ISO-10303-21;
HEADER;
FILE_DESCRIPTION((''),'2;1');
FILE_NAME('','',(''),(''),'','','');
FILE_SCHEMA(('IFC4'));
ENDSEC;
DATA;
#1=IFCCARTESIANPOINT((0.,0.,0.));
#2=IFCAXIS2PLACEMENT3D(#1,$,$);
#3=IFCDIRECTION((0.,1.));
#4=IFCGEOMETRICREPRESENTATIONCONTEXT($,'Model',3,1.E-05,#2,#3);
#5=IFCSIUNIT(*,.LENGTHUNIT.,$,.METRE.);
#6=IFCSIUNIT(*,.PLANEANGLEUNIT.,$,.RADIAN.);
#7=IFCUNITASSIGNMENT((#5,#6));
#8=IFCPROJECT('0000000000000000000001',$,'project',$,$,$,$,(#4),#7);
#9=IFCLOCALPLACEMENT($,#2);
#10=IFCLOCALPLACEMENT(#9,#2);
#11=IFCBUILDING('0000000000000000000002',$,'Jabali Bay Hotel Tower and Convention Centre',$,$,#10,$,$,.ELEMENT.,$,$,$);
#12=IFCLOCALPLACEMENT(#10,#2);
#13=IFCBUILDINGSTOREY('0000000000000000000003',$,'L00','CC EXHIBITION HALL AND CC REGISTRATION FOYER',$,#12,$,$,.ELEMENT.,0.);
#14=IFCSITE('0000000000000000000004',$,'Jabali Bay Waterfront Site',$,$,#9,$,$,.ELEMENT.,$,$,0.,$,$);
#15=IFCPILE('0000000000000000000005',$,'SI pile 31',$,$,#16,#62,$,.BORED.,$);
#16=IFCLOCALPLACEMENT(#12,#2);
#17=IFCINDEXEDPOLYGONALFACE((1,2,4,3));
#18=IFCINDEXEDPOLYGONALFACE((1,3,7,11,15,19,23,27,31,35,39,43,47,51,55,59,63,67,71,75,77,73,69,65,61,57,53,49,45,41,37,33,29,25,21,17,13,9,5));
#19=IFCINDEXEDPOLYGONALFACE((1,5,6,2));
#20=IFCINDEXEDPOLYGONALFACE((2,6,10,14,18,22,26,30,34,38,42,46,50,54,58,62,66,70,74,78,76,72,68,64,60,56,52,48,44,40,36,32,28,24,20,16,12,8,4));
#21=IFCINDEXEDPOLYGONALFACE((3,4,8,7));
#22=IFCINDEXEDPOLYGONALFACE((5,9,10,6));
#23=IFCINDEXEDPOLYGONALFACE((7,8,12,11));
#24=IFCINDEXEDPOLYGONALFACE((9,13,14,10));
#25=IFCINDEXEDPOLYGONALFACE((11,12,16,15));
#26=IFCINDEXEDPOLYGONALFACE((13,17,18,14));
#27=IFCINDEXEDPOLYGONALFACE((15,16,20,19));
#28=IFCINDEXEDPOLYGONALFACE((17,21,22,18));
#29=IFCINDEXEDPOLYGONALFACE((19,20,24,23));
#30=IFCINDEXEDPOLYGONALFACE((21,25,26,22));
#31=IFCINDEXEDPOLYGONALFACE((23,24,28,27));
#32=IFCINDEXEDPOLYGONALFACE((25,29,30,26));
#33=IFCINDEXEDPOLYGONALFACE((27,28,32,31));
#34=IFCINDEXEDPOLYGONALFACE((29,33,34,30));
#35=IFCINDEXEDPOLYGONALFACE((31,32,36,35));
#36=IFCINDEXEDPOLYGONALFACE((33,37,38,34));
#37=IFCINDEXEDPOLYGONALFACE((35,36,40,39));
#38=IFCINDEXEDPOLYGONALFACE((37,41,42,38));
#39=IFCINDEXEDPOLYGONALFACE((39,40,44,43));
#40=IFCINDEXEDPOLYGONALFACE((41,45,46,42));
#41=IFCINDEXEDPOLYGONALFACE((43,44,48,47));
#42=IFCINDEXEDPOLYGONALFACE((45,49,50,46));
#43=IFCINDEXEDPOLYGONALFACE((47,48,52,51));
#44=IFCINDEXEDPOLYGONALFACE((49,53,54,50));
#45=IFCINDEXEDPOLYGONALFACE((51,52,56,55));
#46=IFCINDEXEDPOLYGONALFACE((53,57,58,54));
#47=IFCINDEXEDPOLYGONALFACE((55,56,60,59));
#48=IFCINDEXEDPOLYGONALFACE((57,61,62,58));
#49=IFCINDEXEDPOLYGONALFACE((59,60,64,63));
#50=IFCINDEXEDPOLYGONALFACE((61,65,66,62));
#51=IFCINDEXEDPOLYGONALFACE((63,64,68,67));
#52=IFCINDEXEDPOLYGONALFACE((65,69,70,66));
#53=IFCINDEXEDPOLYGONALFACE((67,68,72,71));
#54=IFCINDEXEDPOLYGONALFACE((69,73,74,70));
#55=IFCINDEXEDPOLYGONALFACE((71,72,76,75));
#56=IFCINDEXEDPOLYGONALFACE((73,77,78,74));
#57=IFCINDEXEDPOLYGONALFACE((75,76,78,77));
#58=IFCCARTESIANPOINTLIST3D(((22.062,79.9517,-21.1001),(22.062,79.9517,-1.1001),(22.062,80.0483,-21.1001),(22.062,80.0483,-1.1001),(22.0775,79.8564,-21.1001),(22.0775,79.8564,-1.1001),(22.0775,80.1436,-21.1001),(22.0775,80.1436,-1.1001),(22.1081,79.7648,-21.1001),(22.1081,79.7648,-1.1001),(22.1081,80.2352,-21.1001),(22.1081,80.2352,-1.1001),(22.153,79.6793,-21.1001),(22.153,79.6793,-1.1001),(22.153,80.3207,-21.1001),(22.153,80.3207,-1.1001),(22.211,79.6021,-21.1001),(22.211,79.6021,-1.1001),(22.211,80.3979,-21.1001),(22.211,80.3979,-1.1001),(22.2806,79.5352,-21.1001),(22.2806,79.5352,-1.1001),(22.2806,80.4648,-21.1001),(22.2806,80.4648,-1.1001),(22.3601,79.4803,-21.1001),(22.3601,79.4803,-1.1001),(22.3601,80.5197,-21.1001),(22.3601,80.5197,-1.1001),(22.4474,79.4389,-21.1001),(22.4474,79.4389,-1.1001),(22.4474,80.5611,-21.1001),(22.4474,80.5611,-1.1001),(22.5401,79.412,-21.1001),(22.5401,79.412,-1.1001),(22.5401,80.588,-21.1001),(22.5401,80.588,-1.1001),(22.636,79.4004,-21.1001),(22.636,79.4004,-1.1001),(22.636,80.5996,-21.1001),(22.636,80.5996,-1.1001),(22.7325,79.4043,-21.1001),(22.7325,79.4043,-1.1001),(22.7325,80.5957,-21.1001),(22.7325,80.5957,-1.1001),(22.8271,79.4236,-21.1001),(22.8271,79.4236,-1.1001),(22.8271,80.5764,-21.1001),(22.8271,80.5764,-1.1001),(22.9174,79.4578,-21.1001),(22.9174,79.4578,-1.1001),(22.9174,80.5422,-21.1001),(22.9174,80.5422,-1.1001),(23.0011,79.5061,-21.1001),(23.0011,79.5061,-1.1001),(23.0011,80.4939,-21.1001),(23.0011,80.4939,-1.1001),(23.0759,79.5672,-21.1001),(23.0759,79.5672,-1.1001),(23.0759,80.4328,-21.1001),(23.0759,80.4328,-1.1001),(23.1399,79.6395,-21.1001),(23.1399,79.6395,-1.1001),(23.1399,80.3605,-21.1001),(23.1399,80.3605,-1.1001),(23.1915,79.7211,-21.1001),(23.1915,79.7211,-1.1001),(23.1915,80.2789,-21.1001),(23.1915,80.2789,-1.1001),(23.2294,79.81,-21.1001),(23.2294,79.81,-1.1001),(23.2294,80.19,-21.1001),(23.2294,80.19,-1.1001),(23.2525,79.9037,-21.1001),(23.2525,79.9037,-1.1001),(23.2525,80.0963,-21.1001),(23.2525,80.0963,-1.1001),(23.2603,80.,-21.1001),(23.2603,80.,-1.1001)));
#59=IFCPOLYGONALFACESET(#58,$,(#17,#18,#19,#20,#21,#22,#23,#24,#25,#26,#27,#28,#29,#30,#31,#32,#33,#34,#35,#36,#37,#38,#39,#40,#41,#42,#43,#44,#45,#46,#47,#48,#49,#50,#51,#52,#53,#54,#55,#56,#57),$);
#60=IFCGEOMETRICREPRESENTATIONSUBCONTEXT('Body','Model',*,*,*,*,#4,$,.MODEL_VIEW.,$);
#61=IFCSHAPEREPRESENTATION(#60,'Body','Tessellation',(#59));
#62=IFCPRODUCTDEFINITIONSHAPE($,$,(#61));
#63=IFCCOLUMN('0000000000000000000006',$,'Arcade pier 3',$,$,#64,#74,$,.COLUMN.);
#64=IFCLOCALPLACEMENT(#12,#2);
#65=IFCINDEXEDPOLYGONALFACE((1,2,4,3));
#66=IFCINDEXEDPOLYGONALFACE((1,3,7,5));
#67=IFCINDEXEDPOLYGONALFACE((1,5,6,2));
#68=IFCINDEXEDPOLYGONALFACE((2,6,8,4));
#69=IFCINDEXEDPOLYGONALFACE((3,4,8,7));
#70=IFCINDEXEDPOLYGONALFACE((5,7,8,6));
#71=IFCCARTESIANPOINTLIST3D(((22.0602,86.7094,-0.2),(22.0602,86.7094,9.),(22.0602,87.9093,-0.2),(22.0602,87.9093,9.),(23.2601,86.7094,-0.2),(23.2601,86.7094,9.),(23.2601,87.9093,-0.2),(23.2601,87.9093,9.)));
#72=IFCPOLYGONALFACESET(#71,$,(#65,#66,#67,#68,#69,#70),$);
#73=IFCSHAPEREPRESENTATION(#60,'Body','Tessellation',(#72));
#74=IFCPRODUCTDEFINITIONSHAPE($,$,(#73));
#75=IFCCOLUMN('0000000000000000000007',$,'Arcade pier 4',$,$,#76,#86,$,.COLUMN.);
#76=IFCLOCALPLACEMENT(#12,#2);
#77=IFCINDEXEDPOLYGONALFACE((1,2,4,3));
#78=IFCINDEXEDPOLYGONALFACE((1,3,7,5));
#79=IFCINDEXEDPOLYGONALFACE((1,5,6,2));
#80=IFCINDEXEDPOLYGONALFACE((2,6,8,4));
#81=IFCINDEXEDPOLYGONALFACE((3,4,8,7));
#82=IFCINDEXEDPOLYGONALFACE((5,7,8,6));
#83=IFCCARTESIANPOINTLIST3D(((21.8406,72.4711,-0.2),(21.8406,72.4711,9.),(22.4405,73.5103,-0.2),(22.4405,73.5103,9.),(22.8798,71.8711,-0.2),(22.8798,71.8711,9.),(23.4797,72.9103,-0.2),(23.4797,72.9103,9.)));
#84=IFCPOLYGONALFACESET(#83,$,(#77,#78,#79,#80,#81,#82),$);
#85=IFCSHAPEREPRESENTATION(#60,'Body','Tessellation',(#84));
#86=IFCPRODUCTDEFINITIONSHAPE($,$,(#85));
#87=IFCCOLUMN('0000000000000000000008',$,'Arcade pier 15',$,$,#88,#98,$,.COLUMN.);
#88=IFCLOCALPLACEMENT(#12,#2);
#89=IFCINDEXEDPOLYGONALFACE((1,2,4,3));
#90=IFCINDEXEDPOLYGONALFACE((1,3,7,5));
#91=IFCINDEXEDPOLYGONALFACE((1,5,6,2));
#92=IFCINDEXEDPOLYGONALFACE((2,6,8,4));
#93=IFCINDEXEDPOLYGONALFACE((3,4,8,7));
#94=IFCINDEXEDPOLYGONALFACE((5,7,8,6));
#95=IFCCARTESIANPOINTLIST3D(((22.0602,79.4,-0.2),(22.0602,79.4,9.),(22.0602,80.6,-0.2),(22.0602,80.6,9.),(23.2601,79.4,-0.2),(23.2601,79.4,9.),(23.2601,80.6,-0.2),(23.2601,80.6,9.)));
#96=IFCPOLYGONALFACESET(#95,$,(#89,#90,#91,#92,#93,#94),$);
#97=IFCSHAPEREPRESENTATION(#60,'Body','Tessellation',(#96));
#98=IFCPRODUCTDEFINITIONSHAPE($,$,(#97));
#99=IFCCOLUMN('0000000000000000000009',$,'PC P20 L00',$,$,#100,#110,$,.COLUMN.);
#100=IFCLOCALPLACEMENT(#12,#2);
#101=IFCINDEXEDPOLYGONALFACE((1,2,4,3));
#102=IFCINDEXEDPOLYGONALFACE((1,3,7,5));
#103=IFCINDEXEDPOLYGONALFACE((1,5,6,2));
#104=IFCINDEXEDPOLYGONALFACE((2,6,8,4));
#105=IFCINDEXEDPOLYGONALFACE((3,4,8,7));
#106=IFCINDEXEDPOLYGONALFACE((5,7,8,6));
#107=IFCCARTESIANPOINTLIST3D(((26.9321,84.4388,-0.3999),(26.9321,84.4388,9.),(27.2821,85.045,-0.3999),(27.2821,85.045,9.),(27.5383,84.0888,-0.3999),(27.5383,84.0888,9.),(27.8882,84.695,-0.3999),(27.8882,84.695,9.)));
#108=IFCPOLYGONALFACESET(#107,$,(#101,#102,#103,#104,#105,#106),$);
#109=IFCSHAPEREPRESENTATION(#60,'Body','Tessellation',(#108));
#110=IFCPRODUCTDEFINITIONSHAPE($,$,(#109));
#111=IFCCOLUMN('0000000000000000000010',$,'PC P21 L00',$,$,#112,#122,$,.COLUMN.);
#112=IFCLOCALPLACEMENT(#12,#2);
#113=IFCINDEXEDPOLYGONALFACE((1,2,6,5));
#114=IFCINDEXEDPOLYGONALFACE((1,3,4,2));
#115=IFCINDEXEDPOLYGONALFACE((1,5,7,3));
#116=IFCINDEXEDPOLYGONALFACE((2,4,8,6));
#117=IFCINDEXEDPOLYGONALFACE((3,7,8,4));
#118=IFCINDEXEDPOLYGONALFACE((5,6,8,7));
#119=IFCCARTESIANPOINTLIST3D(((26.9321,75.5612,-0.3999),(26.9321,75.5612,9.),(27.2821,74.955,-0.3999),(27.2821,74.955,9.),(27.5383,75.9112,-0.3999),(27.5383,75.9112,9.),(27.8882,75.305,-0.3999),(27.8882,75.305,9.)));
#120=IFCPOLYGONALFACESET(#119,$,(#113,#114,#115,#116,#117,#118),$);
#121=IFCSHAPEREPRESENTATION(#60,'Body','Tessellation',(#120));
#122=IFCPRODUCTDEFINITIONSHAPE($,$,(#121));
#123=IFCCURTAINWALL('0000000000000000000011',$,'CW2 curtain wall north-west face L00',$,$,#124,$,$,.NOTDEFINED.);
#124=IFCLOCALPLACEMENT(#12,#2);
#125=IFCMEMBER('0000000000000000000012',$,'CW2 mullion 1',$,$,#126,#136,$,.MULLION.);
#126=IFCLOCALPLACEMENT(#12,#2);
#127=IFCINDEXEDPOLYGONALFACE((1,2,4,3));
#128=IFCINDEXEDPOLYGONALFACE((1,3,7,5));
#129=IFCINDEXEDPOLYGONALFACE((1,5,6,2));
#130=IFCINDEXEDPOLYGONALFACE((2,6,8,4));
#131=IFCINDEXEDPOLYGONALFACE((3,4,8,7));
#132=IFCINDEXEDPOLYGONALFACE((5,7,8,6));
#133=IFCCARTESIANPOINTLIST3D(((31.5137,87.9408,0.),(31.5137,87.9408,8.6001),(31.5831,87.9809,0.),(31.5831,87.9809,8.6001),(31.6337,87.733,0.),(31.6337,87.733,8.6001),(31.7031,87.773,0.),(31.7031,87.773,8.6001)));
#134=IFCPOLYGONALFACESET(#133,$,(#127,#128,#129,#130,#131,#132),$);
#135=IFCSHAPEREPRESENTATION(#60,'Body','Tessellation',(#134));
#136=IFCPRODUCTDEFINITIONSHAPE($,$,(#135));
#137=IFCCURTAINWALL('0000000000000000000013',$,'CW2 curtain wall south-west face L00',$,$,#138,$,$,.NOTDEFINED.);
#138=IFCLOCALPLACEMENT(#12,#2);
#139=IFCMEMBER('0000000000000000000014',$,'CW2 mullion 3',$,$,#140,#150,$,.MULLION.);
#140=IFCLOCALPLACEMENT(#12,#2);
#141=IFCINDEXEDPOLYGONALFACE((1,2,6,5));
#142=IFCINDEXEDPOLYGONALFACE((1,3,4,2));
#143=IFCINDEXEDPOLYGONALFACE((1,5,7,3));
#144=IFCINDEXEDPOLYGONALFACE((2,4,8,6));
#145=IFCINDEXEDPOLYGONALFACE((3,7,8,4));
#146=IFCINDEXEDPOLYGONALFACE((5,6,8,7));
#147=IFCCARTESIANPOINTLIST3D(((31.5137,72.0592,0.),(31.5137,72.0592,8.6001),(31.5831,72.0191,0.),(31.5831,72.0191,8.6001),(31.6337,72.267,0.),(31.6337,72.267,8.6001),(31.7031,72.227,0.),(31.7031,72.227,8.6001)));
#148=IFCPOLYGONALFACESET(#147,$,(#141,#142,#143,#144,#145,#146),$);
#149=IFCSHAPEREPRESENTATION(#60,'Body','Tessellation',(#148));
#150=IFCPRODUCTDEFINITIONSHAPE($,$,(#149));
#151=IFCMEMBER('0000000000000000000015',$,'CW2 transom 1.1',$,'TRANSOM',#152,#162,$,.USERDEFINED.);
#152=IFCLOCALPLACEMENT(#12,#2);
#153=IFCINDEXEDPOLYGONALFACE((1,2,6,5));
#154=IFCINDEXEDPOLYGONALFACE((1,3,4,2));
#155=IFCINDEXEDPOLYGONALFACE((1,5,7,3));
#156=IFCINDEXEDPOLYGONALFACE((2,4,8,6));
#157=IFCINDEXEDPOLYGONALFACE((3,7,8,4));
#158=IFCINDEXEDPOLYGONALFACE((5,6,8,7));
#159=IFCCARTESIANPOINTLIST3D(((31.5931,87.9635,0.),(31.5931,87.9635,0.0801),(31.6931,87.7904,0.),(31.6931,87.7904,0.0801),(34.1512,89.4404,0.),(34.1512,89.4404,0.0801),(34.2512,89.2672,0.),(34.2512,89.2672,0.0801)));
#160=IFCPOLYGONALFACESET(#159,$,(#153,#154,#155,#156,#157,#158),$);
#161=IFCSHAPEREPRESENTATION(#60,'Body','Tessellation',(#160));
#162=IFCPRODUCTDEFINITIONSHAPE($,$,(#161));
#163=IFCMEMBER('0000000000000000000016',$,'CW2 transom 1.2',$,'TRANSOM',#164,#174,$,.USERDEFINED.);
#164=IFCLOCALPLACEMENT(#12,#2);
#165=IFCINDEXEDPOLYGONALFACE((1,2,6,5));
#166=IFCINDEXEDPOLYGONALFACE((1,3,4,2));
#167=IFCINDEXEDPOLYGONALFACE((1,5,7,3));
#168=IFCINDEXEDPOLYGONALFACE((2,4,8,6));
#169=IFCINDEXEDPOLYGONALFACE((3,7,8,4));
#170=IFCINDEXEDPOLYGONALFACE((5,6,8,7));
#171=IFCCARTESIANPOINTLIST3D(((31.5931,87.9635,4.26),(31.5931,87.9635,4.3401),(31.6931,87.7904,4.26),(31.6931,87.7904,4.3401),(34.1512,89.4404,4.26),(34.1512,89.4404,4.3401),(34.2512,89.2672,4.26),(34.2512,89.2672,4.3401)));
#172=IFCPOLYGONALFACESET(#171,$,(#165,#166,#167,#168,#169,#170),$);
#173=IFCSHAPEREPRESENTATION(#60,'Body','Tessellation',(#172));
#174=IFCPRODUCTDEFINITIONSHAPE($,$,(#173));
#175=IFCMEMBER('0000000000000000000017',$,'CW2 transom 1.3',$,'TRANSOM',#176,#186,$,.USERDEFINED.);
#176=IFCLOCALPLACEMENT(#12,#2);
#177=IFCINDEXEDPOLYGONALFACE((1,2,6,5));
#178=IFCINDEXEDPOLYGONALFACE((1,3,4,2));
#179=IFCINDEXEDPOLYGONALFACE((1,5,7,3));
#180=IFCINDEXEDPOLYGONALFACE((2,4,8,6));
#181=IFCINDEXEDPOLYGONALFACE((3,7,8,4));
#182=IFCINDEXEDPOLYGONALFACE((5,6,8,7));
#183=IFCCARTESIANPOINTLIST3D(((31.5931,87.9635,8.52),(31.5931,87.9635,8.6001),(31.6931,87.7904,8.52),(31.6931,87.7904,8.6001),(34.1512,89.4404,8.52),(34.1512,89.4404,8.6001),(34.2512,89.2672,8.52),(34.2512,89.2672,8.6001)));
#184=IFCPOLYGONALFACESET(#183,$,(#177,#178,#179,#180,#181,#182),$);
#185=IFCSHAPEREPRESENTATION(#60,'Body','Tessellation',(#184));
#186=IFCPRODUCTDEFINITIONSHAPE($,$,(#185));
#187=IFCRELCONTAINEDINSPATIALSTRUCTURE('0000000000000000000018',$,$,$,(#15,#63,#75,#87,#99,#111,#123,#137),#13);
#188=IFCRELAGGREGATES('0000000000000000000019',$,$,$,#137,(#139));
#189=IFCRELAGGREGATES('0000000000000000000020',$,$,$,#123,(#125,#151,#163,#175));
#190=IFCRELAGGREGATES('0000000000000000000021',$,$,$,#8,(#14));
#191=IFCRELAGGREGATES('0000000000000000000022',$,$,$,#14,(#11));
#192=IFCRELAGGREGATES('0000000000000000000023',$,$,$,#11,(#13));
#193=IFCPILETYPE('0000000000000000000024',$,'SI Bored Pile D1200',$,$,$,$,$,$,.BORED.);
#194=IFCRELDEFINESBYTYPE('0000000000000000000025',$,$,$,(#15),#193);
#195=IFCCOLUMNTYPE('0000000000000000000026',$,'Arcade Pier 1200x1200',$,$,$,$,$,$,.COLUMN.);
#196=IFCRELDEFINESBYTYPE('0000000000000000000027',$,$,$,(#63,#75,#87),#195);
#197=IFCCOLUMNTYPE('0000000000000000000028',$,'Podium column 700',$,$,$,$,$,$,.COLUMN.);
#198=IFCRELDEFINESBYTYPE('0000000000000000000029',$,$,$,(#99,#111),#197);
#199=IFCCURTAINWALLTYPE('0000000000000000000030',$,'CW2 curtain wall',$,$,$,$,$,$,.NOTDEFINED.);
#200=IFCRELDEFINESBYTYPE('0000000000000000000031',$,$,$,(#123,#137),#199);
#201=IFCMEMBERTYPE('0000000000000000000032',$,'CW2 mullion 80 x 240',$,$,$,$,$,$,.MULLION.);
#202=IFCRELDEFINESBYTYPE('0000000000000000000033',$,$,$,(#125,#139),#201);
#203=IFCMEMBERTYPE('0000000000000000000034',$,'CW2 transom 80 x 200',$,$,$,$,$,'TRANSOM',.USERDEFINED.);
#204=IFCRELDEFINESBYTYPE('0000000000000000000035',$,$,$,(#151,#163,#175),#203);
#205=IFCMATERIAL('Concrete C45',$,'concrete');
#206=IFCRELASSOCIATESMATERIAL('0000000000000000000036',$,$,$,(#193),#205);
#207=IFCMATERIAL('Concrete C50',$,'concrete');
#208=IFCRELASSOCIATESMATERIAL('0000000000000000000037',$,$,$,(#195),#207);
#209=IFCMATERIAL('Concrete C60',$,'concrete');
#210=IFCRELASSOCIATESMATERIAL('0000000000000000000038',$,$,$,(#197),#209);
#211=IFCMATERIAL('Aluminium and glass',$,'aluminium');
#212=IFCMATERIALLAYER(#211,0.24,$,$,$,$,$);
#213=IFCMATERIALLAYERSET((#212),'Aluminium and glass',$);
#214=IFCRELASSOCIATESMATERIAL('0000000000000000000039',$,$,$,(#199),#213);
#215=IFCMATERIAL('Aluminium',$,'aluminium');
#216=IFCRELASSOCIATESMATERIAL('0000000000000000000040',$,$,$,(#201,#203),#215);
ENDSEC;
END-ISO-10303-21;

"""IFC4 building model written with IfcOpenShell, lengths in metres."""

from ifc_helpers import new_model, si_unit, direction, frame, origin, origin_2d, place, context, subcontext, project, spatial, rectangle, circle, extrude, material, layer, layer_set, material_profile, profile_set, type_object, element, aggregate, save


model = new_model("IFC4")

# Units and contexts
model_context = context("Model", 3, precision=1e-05, world=origin(), true_north=direction((0.0, 1.0)))
body_context = subcontext(model_context, "Body", "Model", "MODEL_VIEW")
ifc_project = project(units=[si_unit("LENGTHUNIT", "METRE"), si_unit("PLANEANGLEUNIT", "RADIAN")], contexts=[model_context])

# Site, building, storey
site_placement = place(None, origin())
site = spatial("IfcSite", under=ifc_project, at=site_placement, Name="Jabali Bay Waterfront Site", CompositionType="ELEMENT", RefElevation=0.0)
building_placement = place(site_placement, origin())
building = spatial("IfcBuilding", under=site, at=building_placement, Name="Jabali Bay Hotel Tower and Convention Centre", CompositionType="ELEMENT")
storey_placement = place(building_placement, origin())
storey = spatial("IfcBuildingStorey", under=building, at=storey_placement, Name="L00", Description="CC EXHIBITION HALL AND CC REGISTRATION FOYER", CompositionType="ELEMENT", Elevation=0.0)

# Pile
ifc_material_1 = material(Name="Concrete C45", Category="concrete")
ifc_material_profile_1 = material_profile(ifc_material_1, circle(Radius=0.6001, at=origin_2d()), Name="D1200")
ifc_profile_set_1 = profile_set([ifc_material_profile_1], Name="Concrete C45")
pile_type_1 = type_object("IfcPileType", Name="SI Bored Pile D1200", PredefinedType="BORED", material=ifc_profile_set_1)
for number, where, z_axis, x_axis, name in (
    (1, (22.6602, 80.0, -1.1001), (0.0, 0.0, -1.0), (1.0, 0.0, 0.0), "SI pile 31"),
):
    element("IfcPile", number, at=place(storey_placement, frame(where, z_axis=z_axis, x_axis=x_axis)), inside=storey, type_object=pile_type_1, Name=name, PredefinedType="BORED", context=body_context, shape_type="SweptSolid", body=[
        extrude(circle(Radius=0.6001, at=origin_2d()), origin(), (0.0, 0.0, 1.0), 20.0),
    ])

# Columns
ifc_material_2 = material(Name="Concrete C50", Category="concrete")
ifc_material_profile_2 = material_profile(ifc_material_2, rectangle(XDim=1.2, YDim=1.2, at=origin_2d()), Name="RC 1200x1200")
ifc_profile_set_2 = profile_set([ifc_material_profile_2], Name="Concrete C50")
column_type_1 = type_object("IfcColumnType", Name="Arcade Pier 1200x1200", PredefinedType="COLUMN", material=ifc_profile_set_2)
for number, where, z_axis, x_axis, name in (
    (2, (22.6602, 87.3093, -0.2), (0.0, 0.0, 1.0), (0.0, -1.0, 0.0), "Arcade pier 3"),
    (3, (22.6602, 72.6907, -0.2), (0.0, 0.0, 1.0), (0.866025, -0.5, 0.0), "Arcade pier 4"),
    (4, (22.6602, 80.0, -0.2), (0.0, 0.0, 1.0), (0.0, -1.0, 0.0), "Arcade pier 15"),
):
    element("IfcColumn", number, at=place(storey_placement, frame(where, z_axis=z_axis, x_axis=x_axis)), inside=storey, type_object=column_type_1, Name=name, PredefinedType="COLUMN", context=body_context, shape_type="SweptSolid", body=[
        extrude(rectangle(XDim=1.2, YDim=1.2, at=origin_2d()), origin(), (0.0, 0.0, 1.0), 9.2),
    ])
ifc_material_3 = material(Name="Concrete C60", Category="concrete")
ifc_material_profile_3 = material_profile(ifc_material_3, rectangle(XDim=0.7, YDim=0.7, at=origin_2d()), Name="Podium column 700")
ifc_profile_set_3 = profile_set([ifc_material_profile_3], Name="Concrete C60")
column_type_2 = type_object("IfcColumnType", Name="Podium column 700", PredefinedType="COLUMN", material=ifc_profile_set_3)
for number, where, z_axis, x_axis, name in (
    (5, (27.4102, 84.5669, -0.3999), (0.0, 0.0, 1.0), (0.5, 0.866025, 0.0), "PC P20 L00"),
    (6, (27.4102, 75.4331, -0.3999), (0.0, 0.0, 1.0), (0.866025, 0.5, 0.0), "PC P21 L00"),
):
    element("IfcColumn", number, at=place(storey_placement, frame(where, z_axis=z_axis, x_axis=x_axis)), inside=storey, type_object=column_type_2, Name=name, PredefinedType="COLUMN", context=body_context, shape_type="SweptSolid", body=[
        extrude(rectangle(XDim=0.7, YDim=0.7, at=origin_2d()), origin(), (0.0, 0.0, 1.0), 9.3999),
    ])

# Curtain walls, members
ifc_material_4 = material(Name="Aluminium and glass", Category="aluminium")
ifc_layer_1 = layer(ifc_material_4, 0.24)
ifc_layer_set_1 = layer_set([ifc_layer_1], Name="Aluminium and glass")
curtain_wall_type = type_object("IfcCurtainWallType", Name="CW2 curtain wall", PredefinedType="NOTDEFINED", material=ifc_layer_set_1)
curtain_wall_1_placement = place(storey_placement, origin())
curtain_wall_1 = element("IfcCurtainWall", 7, at=curtain_wall_1_placement, inside=storey, type_object=curtain_wall_type, Name="CW2 curtain wall north-west face L00", PredefinedType="NOTDEFINED")
ifc_material_5 = material(Name="Aluminium", Category="aluminium")
ifc_material_profile_4 = material_profile(ifc_material_5, rectangle(XDim=0.24, YDim=0.0801, at=origin_2d()), Name="CW2 mullion 80 x 240")
ifc_profile_set_4 = profile_set([ifc_material_profile_4], Name="Aluminium")
member_type_1 = type_object("IfcMemberType", Name="CW2 mullion 80 x 240", PredefinedType="MULLION", material=ifc_profile_set_4)
member_1_placement = place(storey_placement, frame((31.6084, 87.8569, 0.0), z_axis=(0.0, 0.0, 1.0), x_axis=(-0.5, 0.866025, 0.0)))
member_1 = element("IfcMember", 8, at=member_1_placement, type_object=member_type_1, Name="CW2 mullion 1", PredefinedType="MULLION", context=body_context, shape_type="SweptSolid", body=[
    extrude(rectangle(XDim=0.24, YDim=0.0801, at=origin_2d()), origin(), (0.0, 0.0, 1.0), 8.6001),
])
curtain_wall_2_placement = place(storey_placement, origin())
curtain_wall_2 = element("IfcCurtainWall", 9, at=curtain_wall_2_placement, inside=storey, type_object=curtain_wall_type, Name="CW2 curtain wall south-west face L00", PredefinedType="NOTDEFINED")
member_2_placement = place(storey_placement, frame((31.6084, 72.1431, 0.0), z_axis=(0.0, 0.0, 1.0), x_axis=(-0.5, -0.866025, 0.0)))
member_2 = element("IfcMember", 10, at=member_2_placement, type_object=member_type_1, Name="CW2 mullion 3", PredefinedType="MULLION", context=body_context, shape_type="SweptSolid", body=[
    extrude(rectangle(XDim=0.24, YDim=0.0801, at=origin_2d()), origin(), (0.0, 0.0, 1.0), 8.6001),
])
aggregate(curtain_wall_2, [member_2])

# Members
ifc_material_profile_5 = material_profile(ifc_material_5, rectangle(XDim=0.2, YDim=0.0801, at=origin_2d()), Name="CW2 transom 80 x 200")
ifc_profile_set_5 = profile_set([ifc_material_profile_5], Name="Aluminium")
member_type_2 = type_object("IfcMemberType", Name="CW2 transom 80 x 200", ElementType="TRANSOM", PredefinedType="USERDEFINED", material=ifc_profile_set_5)
member_3_placement = place(storey_placement, frame((31.6431, 87.877, 0.04), z_axis=(0.866042, 0.49997, 0.0), x_axis=(-0.49997, 0.866042, 0.0)))
member_3 = element("IfcMember", 11, at=member_3_placement, type_object=member_type_2, Name="CW2 transom 1.1", ObjectType="TRANSOM", PredefinedType="USERDEFINED", context=body_context, shape_type="SweptSolid", body=[
    extrude(rectangle(XDim=0.2, YDim=0.0801, at=origin_2d()), origin(), (0.0, 0.0, 1.0), 2.9539),
])
member_4_placement = place(storey_placement, frame((31.6431, 87.877, 4.3), z_axis=(0.866042, 0.49997, 0.0), x_axis=(-0.49997, 0.866042, 0.0)))
member_4 = element("IfcMember", 12, at=member_4_placement, type_object=member_type_2, Name="CW2 transom 1.2", ObjectType="TRANSOM", PredefinedType="USERDEFINED", context=body_context, shape_type="SweptSolid", body=[
    extrude(rectangle(XDim=0.2, YDim=0.0801, at=origin_2d()), origin(), (0.0, 0.0, 1.0), 2.9539),
])
member_5_placement = place(storey_placement, frame((31.6431, 87.877, 8.5601), z_axis=(0.866042, 0.49997, 0.0), x_axis=(-0.49997, 0.866042, 0.0)))
member_5 = element("IfcMember", 13, at=member_5_placement, type_object=member_type_2, Name="CW2 transom 1.3", ObjectType="TRANSOM", PredefinedType="USERDEFINED", context=body_context, shape_type="SweptSolid", body=[
    extrude(rectangle(XDim=0.2, YDim=0.0801, at=origin_2d()), origin(), (0.0, 0.0, 1.0), 2.9539),
])
aggregate(curtain_wall_1, [member_1, member_3, member_4, member_5])

save(model, "model.ifc")
